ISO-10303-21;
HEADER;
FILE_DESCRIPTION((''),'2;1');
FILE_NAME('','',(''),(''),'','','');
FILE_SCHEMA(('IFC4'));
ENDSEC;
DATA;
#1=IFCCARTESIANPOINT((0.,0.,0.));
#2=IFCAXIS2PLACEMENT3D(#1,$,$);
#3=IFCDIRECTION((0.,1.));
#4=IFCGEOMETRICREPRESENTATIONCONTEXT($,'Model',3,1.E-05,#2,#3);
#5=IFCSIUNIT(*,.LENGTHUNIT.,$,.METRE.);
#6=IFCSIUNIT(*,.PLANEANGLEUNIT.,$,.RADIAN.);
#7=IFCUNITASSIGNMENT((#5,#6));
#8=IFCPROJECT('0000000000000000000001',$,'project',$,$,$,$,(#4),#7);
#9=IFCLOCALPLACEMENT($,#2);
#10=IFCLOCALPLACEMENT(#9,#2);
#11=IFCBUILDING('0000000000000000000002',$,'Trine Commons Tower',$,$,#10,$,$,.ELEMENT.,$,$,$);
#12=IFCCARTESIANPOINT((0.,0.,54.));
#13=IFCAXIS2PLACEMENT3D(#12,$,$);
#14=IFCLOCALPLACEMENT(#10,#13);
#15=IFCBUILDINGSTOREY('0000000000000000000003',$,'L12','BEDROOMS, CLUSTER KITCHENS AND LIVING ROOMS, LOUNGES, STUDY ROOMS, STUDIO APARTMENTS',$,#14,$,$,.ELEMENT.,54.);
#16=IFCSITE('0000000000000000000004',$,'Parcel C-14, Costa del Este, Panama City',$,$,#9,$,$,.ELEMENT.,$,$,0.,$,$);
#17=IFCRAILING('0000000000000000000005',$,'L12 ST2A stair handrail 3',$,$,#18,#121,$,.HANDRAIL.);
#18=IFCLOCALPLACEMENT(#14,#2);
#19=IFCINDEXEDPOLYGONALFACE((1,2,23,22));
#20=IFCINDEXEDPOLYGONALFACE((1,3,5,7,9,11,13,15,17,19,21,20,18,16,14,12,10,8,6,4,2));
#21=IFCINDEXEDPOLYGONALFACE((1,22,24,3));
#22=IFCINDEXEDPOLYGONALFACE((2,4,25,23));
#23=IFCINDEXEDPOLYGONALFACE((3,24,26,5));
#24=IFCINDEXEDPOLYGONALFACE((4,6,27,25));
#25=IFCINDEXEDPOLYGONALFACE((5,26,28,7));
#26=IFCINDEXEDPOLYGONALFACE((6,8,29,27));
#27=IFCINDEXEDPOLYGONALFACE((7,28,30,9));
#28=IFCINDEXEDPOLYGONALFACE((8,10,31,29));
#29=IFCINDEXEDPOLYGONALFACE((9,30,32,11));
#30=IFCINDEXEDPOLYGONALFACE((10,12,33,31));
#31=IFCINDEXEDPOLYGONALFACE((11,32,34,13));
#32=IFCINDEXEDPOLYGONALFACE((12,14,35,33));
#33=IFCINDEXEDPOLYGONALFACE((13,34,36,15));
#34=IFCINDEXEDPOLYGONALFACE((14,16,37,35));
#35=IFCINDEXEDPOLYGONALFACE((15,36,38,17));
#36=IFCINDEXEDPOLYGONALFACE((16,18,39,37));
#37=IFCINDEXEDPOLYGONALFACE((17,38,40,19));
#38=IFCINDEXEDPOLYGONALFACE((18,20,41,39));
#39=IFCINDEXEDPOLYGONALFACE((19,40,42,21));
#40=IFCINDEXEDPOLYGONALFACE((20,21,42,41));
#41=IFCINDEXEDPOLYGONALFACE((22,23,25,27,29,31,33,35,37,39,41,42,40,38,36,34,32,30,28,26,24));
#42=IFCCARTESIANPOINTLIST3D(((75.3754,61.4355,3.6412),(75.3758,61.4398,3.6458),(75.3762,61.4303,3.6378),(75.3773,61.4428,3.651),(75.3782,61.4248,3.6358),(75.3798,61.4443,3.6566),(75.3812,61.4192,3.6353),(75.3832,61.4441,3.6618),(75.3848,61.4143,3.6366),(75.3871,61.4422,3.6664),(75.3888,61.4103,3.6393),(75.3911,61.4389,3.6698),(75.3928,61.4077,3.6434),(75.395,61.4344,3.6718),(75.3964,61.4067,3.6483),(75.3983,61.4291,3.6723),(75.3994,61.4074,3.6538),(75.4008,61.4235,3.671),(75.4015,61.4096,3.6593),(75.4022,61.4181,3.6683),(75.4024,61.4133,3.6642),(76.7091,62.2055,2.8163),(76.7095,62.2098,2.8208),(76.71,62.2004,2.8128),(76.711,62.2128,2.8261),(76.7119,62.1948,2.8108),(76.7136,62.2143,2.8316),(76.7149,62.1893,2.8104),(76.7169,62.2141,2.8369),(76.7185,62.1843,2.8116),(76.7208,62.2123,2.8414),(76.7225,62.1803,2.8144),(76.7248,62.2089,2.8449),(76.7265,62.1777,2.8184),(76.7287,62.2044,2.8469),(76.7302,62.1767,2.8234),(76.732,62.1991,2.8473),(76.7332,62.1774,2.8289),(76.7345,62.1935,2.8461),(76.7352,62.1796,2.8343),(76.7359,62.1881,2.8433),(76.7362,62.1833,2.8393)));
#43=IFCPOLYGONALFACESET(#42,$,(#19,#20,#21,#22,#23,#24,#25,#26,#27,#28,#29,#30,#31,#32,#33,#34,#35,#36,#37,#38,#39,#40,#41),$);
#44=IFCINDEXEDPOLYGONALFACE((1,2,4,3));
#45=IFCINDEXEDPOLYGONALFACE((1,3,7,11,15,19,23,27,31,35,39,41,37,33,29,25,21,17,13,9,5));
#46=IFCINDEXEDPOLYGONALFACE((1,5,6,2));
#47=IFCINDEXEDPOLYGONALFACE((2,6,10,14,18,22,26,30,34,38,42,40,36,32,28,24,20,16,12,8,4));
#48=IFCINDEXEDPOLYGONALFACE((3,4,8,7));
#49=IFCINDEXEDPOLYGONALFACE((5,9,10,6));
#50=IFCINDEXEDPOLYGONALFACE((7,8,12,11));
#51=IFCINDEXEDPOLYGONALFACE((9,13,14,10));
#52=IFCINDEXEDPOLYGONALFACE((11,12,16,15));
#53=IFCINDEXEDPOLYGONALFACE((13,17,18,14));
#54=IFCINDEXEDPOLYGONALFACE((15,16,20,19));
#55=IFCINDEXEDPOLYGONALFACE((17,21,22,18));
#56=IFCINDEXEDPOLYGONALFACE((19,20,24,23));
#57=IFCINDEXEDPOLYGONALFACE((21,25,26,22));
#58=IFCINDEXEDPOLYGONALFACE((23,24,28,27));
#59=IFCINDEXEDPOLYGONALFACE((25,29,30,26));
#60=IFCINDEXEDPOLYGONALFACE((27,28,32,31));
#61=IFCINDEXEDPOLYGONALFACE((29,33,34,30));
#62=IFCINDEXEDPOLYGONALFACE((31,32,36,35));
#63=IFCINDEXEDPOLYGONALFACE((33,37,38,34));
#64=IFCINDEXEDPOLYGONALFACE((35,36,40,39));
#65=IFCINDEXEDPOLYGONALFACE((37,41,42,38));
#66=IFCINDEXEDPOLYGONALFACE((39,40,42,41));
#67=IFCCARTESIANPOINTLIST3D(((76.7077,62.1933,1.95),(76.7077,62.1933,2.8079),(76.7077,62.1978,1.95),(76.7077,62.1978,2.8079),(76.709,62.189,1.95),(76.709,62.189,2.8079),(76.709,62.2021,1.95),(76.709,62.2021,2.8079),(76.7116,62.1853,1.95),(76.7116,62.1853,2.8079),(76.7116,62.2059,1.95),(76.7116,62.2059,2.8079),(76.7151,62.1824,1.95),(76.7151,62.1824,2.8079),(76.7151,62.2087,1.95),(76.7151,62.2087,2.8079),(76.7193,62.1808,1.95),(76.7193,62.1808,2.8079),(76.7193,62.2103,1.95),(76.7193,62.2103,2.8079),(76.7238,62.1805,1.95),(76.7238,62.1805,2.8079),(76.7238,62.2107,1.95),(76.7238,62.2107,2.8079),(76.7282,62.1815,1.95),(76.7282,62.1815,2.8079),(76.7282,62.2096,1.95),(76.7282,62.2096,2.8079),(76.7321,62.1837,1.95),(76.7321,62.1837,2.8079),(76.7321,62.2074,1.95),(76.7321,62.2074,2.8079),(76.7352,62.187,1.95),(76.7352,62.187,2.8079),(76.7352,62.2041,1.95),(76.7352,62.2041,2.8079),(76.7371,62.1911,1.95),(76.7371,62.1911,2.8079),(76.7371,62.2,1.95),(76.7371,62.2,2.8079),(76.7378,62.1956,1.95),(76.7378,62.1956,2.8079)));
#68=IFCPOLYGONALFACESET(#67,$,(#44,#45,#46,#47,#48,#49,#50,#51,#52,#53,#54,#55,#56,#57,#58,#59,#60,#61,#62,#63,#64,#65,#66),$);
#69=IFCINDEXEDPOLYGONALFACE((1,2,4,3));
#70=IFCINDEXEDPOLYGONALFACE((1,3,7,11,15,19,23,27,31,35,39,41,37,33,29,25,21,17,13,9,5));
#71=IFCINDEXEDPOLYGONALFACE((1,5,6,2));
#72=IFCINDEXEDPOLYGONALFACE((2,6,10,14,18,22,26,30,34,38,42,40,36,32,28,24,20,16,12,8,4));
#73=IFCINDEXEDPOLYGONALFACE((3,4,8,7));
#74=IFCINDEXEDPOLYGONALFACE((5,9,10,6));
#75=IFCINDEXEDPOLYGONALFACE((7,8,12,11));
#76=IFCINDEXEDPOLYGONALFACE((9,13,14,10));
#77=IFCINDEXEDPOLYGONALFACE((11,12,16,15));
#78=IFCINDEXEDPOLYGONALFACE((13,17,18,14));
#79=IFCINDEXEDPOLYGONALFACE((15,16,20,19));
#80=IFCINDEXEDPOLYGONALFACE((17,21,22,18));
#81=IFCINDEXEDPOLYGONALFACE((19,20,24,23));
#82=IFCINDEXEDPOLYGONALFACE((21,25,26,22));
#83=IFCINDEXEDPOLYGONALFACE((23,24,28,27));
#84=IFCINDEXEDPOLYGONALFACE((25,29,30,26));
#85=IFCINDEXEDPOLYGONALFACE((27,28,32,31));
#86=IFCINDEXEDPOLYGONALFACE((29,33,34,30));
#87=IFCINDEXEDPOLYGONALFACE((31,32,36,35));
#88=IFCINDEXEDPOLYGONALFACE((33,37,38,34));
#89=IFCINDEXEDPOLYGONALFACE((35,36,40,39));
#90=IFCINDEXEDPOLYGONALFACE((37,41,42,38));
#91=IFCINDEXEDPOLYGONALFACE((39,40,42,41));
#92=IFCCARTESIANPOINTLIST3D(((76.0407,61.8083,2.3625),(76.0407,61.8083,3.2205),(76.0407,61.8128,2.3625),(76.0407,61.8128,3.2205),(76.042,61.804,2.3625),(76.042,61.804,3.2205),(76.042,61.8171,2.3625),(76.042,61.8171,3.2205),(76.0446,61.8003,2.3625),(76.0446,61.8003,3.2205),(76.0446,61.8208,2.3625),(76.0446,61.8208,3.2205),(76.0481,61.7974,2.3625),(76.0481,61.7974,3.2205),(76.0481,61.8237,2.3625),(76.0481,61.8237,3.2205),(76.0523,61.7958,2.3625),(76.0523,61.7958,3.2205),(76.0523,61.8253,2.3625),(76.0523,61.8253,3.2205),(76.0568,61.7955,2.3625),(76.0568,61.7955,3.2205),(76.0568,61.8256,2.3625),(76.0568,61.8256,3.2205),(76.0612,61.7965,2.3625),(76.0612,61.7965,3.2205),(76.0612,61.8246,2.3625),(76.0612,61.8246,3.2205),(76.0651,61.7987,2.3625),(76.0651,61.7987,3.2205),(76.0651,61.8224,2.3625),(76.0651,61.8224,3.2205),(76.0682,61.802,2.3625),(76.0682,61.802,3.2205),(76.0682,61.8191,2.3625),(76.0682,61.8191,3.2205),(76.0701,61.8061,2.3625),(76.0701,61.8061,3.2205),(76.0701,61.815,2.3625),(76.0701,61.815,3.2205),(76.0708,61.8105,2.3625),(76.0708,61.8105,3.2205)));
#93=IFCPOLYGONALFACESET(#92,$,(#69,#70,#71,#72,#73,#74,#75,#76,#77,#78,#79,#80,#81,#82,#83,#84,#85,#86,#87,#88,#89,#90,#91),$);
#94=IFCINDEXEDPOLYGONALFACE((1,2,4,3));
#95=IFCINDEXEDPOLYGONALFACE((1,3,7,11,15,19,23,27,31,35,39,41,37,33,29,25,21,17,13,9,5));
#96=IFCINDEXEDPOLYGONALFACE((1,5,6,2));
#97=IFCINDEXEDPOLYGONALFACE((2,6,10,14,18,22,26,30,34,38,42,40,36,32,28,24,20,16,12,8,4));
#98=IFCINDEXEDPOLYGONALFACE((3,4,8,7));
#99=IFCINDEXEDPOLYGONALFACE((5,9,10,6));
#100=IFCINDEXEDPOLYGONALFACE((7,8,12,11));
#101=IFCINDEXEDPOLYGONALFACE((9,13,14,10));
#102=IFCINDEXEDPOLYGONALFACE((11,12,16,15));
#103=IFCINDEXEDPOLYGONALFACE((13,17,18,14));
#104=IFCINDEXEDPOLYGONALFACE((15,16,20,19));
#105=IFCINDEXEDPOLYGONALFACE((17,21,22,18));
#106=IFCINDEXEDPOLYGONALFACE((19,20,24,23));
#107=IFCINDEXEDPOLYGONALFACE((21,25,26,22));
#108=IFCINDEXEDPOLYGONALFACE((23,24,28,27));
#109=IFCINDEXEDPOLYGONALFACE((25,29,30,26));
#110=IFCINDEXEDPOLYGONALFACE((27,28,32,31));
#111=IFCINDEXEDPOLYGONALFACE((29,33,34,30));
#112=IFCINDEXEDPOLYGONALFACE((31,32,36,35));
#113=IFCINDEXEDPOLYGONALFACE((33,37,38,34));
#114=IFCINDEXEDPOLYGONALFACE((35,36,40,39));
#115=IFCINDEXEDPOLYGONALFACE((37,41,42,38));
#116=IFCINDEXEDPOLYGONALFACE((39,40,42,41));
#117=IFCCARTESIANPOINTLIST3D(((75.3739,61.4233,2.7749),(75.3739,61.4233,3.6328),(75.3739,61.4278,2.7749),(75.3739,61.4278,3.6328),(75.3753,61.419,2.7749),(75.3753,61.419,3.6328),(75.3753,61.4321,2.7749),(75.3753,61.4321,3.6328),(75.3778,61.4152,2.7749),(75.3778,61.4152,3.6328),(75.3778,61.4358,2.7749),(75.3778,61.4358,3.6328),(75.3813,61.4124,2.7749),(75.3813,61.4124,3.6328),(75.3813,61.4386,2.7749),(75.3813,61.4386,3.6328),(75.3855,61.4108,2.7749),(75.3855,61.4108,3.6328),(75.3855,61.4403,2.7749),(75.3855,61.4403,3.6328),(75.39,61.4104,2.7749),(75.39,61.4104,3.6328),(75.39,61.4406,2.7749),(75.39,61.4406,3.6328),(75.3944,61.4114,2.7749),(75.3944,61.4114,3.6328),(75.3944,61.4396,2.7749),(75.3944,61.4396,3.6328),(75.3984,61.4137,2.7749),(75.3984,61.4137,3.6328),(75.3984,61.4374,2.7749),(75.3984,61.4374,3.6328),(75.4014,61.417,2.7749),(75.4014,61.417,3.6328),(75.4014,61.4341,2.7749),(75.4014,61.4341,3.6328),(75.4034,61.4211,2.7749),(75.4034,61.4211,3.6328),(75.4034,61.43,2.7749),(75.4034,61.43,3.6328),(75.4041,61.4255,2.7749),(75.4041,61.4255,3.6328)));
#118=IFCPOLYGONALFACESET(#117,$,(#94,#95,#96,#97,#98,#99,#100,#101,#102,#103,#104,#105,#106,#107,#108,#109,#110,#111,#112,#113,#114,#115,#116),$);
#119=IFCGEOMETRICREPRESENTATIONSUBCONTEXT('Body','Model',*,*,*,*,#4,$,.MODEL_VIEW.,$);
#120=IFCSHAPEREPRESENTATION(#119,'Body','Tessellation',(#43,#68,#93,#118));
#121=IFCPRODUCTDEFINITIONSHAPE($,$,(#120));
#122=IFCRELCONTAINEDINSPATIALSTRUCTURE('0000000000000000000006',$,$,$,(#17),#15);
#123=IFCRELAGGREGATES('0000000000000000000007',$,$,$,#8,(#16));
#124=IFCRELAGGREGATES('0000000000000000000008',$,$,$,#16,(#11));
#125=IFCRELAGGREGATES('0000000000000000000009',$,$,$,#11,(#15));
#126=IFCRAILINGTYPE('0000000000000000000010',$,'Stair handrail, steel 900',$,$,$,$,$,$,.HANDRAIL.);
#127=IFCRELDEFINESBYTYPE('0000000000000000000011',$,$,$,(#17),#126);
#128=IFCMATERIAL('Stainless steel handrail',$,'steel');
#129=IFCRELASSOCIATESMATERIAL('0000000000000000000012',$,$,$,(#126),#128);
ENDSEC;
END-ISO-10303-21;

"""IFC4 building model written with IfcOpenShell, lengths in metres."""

from ifc_helpers import new_model, si_unit, direction, frame, origin, origin_2d, place, context, subcontext, project, spatial, circle, extrude, material, type_object, element, save


model = new_model("IFC4")

# Units and contexts
model_context = context("Model", 3, precision=1e-05, world=origin(), true_north=direction((0.0, 1.0)))
body_context = subcontext(model_context, "Body", "Model", "MODEL_VIEW")
ifc_project = project(units=[si_unit("LENGTHUNIT", "METRE"), si_unit("PLANEANGLEUNIT", "RADIAN")], contexts=[model_context])

# Site, building, storey
site_placement = place(None, origin())
site = spatial("IfcSite", under=ifc_project, at=site_placement, Name="Parcel C-14, Costa del Este, Panama City", CompositionType="ELEMENT", RefElevation=0.0)
building_placement = place(site_placement, origin())
building = spatial("IfcBuilding", under=site, at=building_placement, Name="Trine Commons Tower", CompositionType="ELEMENT")
storey_placement = place(building_placement, frame((0.0, 0.0, 54.0)))
storey = spatial("IfcBuildingStorey", under=building, at=storey_placement, Name="L12", Description="BEDROOMS, CLUSTER KITCHENS AND LIVING ROOMS, LOUNGES, STUDY ROOMS, STUDIO APARTMENTS", CompositionType="ELEMENT", Elevation=54.0)

# Railing
ifc_material_1 = material(Name="Stainless steel handrail", Category="steel")
railing_type = type_object("IfcRailingType", Name="Stair handrail, steel 900", PredefinedType="HANDRAIL", material=ifc_material_1)
railing_1_placement = place(storey_placement, frame((76.7227, 62.1956, 1.95)))
element("IfcRailing", 1, at=railing_1_placement, inside=storey, type_object=railing_type, Name="L12 ST2A stair handrail 3", PredefinedType="HANDRAIL", context=body_context, shape_type="SweptSolid", body=[
    extrude(circle(Radius=0.021, at=origin_2d()), frame((0.0, 0.0, 0.8789), z_axis=(-0.763405, -0.440743, 0.472185), x_axis=(0.499992, -0.86603, 0.0)), (0.0, 0.0, 1.0), 1.7471),
    extrude(circle(Radius=0.0151, at=origin_2d()), origin(), (0.0, 0.0, 1.0), 0.8579),
    extrude(circle(Radius=0.0151, at=origin_2d()), frame((-0.667, -0.385, 0.4126)), (0.0, 0.0, 1.0), 0.8579),
    extrude(circle(Radius=0.0151, at=origin_2d()), frame((-1.3337, -0.77, 0.825)), (0.0, 0.0, 1.0), 0.8579),
])

save(model, "model.ifc")
